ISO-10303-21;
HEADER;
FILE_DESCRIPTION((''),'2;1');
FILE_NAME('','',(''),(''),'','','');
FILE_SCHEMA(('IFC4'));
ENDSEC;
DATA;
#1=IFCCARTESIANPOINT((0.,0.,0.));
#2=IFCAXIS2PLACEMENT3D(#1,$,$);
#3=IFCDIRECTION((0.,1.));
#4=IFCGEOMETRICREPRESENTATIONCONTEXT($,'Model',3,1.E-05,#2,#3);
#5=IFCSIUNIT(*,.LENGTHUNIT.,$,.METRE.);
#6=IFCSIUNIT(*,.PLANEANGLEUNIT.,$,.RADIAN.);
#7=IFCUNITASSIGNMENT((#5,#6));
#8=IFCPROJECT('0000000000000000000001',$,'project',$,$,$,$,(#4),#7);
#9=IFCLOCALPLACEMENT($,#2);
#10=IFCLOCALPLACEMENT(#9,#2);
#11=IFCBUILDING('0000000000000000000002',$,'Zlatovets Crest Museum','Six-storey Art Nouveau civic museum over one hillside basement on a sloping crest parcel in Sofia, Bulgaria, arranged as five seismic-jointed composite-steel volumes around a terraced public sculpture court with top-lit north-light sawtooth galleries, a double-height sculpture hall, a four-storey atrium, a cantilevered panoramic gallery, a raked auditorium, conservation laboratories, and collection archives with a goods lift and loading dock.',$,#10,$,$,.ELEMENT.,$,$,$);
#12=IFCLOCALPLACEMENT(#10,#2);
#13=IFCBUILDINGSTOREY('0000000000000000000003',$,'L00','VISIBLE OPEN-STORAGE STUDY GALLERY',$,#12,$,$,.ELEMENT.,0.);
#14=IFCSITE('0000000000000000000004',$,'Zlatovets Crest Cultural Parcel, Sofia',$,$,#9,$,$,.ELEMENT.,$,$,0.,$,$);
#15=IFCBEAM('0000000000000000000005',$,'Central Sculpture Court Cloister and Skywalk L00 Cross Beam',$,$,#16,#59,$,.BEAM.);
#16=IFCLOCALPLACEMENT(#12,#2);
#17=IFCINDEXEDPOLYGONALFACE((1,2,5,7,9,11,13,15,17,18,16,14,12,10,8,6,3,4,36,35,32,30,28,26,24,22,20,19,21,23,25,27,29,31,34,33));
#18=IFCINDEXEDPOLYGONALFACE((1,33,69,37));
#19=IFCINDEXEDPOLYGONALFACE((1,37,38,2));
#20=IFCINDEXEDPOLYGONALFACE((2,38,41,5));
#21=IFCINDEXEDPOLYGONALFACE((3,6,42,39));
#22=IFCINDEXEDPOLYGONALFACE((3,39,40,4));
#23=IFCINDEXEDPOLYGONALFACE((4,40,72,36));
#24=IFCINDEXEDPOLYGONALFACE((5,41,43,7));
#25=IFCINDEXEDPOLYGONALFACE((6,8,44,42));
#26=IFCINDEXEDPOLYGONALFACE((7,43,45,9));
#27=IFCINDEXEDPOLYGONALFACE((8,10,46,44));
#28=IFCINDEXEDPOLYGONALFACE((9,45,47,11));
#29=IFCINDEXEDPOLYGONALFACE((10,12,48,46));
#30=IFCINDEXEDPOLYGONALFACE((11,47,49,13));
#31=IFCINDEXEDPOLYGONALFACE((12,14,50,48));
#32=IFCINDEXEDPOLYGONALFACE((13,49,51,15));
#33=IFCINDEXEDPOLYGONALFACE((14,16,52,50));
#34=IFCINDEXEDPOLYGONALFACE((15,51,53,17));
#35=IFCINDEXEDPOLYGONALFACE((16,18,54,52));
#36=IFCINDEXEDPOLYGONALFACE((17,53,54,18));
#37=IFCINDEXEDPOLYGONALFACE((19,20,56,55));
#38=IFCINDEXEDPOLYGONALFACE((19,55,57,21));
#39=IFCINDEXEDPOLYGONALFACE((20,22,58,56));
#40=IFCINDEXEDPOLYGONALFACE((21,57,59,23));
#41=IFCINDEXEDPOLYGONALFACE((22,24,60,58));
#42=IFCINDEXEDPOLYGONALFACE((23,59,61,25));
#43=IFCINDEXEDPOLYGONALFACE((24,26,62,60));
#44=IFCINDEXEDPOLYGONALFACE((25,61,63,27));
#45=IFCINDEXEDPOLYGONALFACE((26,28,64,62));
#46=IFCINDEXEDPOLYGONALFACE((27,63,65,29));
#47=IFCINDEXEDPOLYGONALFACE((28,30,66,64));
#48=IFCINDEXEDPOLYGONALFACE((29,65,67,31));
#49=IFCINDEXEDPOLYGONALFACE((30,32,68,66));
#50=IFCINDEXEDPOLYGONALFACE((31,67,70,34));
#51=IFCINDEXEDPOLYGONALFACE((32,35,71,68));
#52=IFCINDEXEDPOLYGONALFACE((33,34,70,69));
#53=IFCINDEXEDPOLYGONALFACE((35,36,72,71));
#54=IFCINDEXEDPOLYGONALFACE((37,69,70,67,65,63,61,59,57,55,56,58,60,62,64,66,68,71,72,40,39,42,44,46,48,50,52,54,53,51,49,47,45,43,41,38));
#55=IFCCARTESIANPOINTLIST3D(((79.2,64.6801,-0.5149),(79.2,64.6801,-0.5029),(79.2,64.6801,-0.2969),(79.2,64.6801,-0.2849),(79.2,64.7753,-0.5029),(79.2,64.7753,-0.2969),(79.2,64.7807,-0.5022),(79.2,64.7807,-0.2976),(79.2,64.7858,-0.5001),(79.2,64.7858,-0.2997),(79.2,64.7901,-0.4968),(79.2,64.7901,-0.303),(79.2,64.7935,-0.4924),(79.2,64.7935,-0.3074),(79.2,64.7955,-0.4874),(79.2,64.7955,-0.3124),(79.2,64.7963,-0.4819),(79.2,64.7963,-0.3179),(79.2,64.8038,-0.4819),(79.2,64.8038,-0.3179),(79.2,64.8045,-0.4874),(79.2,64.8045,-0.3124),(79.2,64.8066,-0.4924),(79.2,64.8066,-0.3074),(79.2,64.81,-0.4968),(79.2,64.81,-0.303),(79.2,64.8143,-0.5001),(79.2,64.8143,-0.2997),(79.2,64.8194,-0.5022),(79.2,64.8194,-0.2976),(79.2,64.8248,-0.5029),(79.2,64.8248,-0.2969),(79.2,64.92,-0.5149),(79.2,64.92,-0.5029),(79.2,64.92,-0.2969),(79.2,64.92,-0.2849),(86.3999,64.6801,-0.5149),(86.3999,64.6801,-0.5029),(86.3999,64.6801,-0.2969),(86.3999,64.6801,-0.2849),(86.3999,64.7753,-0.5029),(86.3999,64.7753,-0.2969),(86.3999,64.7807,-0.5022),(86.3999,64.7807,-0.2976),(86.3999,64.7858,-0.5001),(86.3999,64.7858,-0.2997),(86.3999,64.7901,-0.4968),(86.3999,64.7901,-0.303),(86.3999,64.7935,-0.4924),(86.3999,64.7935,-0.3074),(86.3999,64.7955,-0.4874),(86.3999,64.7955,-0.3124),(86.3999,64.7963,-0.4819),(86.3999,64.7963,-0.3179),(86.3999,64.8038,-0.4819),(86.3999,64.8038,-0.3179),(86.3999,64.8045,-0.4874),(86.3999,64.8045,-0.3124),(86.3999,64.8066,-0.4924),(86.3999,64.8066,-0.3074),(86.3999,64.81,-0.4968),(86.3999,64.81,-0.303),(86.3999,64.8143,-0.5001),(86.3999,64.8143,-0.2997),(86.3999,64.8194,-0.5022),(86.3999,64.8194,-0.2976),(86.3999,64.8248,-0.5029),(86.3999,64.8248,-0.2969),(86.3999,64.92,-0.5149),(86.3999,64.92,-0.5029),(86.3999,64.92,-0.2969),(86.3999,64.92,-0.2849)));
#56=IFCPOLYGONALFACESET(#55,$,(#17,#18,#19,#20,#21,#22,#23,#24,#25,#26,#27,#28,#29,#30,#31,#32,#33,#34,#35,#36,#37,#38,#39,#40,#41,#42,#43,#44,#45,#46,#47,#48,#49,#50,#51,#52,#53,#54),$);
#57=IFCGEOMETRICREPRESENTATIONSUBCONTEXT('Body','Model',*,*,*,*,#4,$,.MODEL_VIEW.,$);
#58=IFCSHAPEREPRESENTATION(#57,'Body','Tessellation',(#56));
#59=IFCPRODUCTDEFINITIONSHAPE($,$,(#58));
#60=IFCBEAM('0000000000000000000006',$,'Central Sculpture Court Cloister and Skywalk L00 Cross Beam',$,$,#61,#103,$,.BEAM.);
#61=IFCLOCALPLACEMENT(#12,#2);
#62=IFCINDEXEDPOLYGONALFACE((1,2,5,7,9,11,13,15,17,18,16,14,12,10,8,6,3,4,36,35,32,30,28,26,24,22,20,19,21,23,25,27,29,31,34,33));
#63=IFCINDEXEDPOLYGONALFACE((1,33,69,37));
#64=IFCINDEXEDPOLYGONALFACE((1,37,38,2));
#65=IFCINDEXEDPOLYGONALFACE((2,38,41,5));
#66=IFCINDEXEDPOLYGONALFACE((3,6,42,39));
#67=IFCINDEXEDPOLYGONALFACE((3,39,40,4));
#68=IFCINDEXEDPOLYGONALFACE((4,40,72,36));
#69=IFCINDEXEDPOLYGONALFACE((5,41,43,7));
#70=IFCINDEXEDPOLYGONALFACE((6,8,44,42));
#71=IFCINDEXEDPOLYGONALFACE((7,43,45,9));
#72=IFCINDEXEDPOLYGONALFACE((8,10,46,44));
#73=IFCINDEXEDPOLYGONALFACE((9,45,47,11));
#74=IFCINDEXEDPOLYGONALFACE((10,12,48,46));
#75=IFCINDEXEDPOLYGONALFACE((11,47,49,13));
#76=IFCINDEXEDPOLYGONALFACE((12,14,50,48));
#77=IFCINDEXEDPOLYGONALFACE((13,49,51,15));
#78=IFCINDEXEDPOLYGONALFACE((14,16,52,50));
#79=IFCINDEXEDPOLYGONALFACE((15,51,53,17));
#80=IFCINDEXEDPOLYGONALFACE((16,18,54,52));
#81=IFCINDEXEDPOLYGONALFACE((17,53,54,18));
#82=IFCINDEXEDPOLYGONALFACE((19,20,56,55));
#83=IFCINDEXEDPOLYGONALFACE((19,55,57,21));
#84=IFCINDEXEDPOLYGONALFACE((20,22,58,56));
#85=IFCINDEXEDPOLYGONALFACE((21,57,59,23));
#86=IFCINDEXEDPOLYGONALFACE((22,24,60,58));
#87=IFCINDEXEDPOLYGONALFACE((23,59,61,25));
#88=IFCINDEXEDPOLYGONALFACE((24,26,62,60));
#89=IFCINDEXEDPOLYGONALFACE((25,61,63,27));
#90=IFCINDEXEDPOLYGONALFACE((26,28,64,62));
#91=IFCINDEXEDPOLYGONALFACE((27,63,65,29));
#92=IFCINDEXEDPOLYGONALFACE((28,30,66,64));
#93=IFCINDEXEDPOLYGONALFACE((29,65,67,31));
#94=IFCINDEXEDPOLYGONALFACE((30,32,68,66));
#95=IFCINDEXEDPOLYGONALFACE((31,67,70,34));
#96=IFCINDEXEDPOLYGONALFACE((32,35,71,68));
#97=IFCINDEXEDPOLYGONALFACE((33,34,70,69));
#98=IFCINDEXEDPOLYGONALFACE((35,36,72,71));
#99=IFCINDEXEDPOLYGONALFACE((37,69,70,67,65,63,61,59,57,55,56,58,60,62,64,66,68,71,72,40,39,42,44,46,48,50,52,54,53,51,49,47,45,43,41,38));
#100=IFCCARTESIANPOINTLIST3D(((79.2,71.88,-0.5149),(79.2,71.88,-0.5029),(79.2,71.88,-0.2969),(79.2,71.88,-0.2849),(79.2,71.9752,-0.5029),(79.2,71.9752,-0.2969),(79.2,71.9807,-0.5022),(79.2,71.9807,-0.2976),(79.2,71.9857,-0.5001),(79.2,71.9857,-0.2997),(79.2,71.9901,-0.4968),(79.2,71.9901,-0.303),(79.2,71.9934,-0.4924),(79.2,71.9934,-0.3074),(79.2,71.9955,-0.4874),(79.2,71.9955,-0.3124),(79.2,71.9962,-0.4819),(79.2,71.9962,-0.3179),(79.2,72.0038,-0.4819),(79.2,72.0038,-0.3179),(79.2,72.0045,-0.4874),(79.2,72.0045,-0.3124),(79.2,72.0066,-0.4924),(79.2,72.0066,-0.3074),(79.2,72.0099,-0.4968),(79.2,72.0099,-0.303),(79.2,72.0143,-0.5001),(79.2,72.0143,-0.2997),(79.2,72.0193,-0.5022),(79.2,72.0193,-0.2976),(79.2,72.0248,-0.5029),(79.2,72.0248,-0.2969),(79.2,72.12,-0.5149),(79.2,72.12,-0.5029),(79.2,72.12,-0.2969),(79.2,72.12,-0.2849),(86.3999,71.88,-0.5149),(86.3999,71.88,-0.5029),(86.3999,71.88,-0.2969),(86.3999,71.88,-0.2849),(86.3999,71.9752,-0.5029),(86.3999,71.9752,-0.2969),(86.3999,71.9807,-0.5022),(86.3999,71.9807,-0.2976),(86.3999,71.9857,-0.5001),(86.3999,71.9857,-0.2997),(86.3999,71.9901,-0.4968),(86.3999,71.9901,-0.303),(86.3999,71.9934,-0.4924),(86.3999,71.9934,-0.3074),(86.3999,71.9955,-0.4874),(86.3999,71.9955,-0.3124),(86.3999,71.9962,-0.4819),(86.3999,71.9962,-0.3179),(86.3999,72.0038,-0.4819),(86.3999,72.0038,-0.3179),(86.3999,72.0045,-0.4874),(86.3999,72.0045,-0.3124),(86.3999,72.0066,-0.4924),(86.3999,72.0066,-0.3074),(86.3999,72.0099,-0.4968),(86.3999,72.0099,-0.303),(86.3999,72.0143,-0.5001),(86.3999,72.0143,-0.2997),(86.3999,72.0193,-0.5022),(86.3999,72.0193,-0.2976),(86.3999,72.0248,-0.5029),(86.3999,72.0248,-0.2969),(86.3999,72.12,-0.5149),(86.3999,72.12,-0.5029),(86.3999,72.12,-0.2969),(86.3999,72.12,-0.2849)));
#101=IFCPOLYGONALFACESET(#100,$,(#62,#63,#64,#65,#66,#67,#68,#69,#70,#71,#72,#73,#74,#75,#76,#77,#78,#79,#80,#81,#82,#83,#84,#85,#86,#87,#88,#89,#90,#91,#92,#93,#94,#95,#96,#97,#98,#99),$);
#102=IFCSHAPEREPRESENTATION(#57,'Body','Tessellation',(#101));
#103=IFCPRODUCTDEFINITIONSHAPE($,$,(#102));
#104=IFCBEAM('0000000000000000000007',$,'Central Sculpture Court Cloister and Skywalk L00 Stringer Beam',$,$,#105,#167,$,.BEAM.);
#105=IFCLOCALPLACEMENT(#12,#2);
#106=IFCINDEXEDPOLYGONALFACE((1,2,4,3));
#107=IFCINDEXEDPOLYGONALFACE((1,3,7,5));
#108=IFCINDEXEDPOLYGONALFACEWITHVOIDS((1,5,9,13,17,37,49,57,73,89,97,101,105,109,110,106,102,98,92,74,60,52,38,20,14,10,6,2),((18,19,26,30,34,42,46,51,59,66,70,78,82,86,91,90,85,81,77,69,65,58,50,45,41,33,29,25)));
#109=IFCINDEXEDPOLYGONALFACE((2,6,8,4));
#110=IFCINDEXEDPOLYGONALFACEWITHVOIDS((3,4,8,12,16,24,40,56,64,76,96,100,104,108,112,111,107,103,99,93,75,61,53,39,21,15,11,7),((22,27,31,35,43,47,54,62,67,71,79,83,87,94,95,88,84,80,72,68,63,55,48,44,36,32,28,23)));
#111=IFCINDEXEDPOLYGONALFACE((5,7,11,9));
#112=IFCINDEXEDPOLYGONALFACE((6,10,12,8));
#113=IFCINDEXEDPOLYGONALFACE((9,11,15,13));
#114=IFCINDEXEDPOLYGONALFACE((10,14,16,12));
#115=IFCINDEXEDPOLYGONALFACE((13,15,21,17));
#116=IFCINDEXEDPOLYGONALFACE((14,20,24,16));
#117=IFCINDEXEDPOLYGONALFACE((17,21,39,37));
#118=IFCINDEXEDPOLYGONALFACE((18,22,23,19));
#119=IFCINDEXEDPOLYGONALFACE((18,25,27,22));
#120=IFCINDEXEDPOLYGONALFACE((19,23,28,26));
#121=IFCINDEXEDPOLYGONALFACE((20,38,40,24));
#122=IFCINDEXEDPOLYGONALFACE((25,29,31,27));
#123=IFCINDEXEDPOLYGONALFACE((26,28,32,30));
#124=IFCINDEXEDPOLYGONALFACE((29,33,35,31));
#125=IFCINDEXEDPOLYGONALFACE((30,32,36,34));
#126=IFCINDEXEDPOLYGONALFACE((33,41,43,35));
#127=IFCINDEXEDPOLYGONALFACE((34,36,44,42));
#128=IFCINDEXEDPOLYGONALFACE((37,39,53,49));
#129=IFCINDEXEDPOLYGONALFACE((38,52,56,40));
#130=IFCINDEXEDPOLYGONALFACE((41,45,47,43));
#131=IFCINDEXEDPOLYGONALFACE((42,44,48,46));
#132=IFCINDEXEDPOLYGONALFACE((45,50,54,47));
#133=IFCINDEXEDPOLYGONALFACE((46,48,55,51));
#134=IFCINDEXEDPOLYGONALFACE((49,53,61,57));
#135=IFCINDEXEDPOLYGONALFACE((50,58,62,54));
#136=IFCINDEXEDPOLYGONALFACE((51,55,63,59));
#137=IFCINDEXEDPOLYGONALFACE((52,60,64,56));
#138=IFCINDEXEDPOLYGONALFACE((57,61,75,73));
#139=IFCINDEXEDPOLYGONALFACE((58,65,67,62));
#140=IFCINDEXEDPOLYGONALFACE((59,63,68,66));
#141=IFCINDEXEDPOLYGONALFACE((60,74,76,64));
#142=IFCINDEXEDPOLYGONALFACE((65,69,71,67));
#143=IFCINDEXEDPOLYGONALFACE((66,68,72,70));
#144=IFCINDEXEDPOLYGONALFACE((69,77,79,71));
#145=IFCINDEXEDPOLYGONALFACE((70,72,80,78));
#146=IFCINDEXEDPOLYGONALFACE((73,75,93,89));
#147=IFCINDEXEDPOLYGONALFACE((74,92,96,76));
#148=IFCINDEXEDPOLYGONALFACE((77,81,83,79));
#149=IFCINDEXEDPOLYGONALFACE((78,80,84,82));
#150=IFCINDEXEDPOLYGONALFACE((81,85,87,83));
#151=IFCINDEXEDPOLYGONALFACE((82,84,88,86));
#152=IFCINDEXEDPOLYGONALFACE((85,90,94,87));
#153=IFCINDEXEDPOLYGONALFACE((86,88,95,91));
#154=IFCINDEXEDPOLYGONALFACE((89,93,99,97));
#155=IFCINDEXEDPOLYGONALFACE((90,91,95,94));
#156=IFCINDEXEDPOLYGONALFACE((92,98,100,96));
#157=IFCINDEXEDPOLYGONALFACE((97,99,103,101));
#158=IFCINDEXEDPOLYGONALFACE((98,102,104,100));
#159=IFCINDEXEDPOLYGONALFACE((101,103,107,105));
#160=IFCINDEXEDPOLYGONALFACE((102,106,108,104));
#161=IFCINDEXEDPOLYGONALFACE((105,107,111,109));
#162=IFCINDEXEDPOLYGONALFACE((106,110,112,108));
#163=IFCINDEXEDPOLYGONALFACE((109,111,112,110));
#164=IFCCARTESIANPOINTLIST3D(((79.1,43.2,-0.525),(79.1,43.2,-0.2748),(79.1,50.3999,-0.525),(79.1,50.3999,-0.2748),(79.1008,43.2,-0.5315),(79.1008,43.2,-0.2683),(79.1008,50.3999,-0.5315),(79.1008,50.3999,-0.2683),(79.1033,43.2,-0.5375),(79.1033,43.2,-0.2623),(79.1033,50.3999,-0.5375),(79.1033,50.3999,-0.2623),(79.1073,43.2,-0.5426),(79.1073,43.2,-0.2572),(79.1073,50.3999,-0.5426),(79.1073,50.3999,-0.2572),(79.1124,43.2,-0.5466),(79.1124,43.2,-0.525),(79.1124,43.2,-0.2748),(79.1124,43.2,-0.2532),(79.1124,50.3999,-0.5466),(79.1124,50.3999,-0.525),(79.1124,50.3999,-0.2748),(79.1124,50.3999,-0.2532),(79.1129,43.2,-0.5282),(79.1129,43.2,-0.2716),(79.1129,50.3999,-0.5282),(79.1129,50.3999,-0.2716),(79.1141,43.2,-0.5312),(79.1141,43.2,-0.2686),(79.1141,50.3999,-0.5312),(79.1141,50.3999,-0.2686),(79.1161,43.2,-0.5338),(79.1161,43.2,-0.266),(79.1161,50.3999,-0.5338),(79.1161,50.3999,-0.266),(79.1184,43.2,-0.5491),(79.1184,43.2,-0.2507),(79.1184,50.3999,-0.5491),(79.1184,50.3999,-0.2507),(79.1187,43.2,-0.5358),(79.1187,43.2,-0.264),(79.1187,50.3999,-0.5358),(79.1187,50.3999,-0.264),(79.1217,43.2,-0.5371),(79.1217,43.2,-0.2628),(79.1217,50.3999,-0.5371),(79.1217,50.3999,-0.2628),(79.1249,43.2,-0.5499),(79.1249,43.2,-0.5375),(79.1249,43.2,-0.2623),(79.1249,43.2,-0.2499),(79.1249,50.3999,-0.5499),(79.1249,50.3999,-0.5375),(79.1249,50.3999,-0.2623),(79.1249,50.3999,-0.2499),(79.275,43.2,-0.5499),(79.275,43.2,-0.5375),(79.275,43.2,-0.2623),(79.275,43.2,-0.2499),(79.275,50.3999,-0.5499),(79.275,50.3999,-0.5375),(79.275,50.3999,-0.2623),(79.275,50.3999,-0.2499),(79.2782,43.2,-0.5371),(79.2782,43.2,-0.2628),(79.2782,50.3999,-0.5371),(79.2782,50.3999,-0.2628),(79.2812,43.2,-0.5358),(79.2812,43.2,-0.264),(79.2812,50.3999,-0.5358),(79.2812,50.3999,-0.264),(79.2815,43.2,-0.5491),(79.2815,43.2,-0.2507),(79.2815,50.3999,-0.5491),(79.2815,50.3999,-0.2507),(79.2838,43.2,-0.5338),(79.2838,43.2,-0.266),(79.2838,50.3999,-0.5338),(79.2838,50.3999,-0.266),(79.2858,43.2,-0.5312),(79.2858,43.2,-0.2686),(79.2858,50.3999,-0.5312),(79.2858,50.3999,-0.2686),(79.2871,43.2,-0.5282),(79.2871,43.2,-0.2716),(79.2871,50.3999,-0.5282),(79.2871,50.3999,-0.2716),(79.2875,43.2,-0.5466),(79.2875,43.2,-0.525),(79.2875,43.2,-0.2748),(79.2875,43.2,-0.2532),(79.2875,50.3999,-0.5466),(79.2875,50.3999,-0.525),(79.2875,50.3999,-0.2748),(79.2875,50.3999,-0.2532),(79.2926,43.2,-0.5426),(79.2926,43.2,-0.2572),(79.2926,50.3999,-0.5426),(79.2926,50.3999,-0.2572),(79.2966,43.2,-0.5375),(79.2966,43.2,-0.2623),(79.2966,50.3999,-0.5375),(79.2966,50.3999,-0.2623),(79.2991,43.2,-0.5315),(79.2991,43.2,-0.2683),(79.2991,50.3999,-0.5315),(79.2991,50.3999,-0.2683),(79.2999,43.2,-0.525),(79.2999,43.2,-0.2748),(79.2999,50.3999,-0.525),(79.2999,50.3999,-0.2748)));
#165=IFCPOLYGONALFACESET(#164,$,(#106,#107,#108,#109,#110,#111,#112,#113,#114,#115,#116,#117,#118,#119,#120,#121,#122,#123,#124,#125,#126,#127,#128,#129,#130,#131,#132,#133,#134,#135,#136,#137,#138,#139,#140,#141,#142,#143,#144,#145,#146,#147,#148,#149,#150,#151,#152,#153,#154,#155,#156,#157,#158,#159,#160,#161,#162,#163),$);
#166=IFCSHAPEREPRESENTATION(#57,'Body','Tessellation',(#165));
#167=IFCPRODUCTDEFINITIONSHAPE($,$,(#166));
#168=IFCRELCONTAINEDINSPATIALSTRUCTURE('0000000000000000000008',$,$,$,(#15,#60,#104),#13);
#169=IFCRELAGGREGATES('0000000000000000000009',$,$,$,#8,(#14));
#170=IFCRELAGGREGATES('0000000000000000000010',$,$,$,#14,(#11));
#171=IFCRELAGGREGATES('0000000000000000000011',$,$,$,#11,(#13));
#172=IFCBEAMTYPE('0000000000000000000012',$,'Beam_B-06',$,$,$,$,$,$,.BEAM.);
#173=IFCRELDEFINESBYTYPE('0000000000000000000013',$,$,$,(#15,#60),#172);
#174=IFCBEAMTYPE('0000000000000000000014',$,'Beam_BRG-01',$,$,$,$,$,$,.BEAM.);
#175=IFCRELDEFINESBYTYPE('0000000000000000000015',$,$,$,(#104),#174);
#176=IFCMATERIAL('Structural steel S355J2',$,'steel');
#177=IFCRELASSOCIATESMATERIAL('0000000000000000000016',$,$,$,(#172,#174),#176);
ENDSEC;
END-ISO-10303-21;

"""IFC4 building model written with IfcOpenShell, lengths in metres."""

from ifc_helpers import new_model, si_unit, direction, frame, origin, origin_2d, place, context, subcontext, project, spatial, hollow_rectangle, i_section, extrude, material, material_profile, profile_set, type_object, element, save


model = new_model("IFC4")

# Units and contexts
model_context = context("Model", 3, precision=1e-05, world=origin(), true_north=direction((0.0, 1.0)))
body_context = subcontext(model_context, "Body", "Model", "MODEL_VIEW")
ifc_project = project(units=[si_unit("LENGTHUNIT", "METRE"), si_unit("PLANEANGLEUNIT", "RADIAN")], contexts=[model_context])

# Site, building, storey
site_placement = place(None, origin())
site = spatial("IfcSite", under=ifc_project, at=site_placement, Name="Zlatovets Crest Cultural Parcel, Sofia", CompositionType="ELEMENT", RefElevation=0.0)
building_placement = place(site_placement, origin())
building = spatial("IfcBuilding", under=site, at=building_placement, Name="Zlatovets Crest Museum", Description="Six-storey Art Nouveau civic museum over one hillside basement on a sloping crest parcel in Sofia, Bulgaria, arranged as five seismic-jointed composite-steel volumes around a terraced public sculpture court with top-lit north-light sawtooth galleries, a double-height sculpture hall, a four-storey atrium, a cantilevered panoramic gallery, a raked auditorium, conservation laboratories, and collection archives with a goods lift and loading dock.", CompositionType="ELEMENT")
storey_placement = place(building_placement, origin())
storey = spatial("IfcBuildingStorey", under=building, at=storey_placement, Name="L00", Description="VISIBLE OPEN-STORAGE STUDY GALLERY", CompositionType="ELEMENT", Elevation=0.0)

# Shared definitions
ifc_material_1 = material(Name="Structural steel S355J2", Category="steel")

# Beams
ifc_material_profile_1 = material_profile(ifc_material_1, i_section(OverallWidth=0.24, OverallDepth=0.23, WebThickness=0.0076, FlangeThickness=0.012, FilletRadius=0.021, at=origin_2d()), Name="HEA 240")
ifc_profile_set_1 = profile_set([ifc_material_profile_1], Name="Structural steel S355J2")
beam_type_1 = type_object("IfcBeamType", Name="Beam_B-06", PredefinedType="BEAM", material=ifc_profile_set_1)
for number, where, z_axis, x_axis, name in (
    (1, (79.2, 64.8, -0.3999), (1.0, 0.0, 0.0), (0.0, 1.0, 0.0), "Central Sculpture Court Cloister and Skywalk L00 Cross Beam"),
    (2, (79.2, 72.0, -0.3999), (1.0, 0.0, 0.0), (0.0, 1.0, 0.0), "Central Sculpture Court Cloister and Skywalk L00 Cross Beam"),
):
    element("IfcBeam", number, at=place(storey_placement, frame(where, z_axis=z_axis, x_axis=x_axis)), inside=storey, type_object=beam_type_1, Name=name, PredefinedType="BEAM", context=body_context, shape_type="SweptSolid", body=[
        extrude(i_section(OverallWidth=0.24, OverallDepth=0.23, WebThickness=0.0076, FlangeThickness=0.012, FilletRadius=0.021, at=origin_2d()), origin(), (0.0, 0.0, 1.0), 7.2),
    ])
ifc_material_profile_2 = material_profile(ifc_material_1, hollow_rectangle(XDim=0.2, YDim=0.3, WallThickness=0.0125, InnerFilletRadius=0.0125, OuterFilletRadius=0.0249, at=origin_2d()), Name="RHS 200x300x12.5")
ifc_profile_set_2 = profile_set([ifc_material_profile_2], Name="Structural steel S355J2")
beam_type_2 = type_object("IfcBeamType", Name="Beam_BRG-01", PredefinedType="BEAM", material=ifc_profile_set_2)
beam_1_placement = place(storey_placement, frame((79.2, 43.2, -0.3999), z_axis=(0.0, 1.0, 0.0), x_axis=(-1.0, 0.0, 0.0)))
element("IfcBeam", 3, at=beam_1_placement, inside=storey, type_object=beam_type_2, Name="Central Sculpture Court Cloister and Skywalk L00 Stringer Beam", PredefinedType="BEAM", context=body_context, shape_type="SweptSolid", body=[
    extrude(hollow_rectangle(XDim=0.2, YDim=0.3, WallThickness=0.0125, InnerFilletRadius=0.0125, OuterFilletRadius=0.0249, at=origin_2d()), origin(), (0.0, 0.0, 1.0), 7.2),
])

save(model, "model.ifc")
